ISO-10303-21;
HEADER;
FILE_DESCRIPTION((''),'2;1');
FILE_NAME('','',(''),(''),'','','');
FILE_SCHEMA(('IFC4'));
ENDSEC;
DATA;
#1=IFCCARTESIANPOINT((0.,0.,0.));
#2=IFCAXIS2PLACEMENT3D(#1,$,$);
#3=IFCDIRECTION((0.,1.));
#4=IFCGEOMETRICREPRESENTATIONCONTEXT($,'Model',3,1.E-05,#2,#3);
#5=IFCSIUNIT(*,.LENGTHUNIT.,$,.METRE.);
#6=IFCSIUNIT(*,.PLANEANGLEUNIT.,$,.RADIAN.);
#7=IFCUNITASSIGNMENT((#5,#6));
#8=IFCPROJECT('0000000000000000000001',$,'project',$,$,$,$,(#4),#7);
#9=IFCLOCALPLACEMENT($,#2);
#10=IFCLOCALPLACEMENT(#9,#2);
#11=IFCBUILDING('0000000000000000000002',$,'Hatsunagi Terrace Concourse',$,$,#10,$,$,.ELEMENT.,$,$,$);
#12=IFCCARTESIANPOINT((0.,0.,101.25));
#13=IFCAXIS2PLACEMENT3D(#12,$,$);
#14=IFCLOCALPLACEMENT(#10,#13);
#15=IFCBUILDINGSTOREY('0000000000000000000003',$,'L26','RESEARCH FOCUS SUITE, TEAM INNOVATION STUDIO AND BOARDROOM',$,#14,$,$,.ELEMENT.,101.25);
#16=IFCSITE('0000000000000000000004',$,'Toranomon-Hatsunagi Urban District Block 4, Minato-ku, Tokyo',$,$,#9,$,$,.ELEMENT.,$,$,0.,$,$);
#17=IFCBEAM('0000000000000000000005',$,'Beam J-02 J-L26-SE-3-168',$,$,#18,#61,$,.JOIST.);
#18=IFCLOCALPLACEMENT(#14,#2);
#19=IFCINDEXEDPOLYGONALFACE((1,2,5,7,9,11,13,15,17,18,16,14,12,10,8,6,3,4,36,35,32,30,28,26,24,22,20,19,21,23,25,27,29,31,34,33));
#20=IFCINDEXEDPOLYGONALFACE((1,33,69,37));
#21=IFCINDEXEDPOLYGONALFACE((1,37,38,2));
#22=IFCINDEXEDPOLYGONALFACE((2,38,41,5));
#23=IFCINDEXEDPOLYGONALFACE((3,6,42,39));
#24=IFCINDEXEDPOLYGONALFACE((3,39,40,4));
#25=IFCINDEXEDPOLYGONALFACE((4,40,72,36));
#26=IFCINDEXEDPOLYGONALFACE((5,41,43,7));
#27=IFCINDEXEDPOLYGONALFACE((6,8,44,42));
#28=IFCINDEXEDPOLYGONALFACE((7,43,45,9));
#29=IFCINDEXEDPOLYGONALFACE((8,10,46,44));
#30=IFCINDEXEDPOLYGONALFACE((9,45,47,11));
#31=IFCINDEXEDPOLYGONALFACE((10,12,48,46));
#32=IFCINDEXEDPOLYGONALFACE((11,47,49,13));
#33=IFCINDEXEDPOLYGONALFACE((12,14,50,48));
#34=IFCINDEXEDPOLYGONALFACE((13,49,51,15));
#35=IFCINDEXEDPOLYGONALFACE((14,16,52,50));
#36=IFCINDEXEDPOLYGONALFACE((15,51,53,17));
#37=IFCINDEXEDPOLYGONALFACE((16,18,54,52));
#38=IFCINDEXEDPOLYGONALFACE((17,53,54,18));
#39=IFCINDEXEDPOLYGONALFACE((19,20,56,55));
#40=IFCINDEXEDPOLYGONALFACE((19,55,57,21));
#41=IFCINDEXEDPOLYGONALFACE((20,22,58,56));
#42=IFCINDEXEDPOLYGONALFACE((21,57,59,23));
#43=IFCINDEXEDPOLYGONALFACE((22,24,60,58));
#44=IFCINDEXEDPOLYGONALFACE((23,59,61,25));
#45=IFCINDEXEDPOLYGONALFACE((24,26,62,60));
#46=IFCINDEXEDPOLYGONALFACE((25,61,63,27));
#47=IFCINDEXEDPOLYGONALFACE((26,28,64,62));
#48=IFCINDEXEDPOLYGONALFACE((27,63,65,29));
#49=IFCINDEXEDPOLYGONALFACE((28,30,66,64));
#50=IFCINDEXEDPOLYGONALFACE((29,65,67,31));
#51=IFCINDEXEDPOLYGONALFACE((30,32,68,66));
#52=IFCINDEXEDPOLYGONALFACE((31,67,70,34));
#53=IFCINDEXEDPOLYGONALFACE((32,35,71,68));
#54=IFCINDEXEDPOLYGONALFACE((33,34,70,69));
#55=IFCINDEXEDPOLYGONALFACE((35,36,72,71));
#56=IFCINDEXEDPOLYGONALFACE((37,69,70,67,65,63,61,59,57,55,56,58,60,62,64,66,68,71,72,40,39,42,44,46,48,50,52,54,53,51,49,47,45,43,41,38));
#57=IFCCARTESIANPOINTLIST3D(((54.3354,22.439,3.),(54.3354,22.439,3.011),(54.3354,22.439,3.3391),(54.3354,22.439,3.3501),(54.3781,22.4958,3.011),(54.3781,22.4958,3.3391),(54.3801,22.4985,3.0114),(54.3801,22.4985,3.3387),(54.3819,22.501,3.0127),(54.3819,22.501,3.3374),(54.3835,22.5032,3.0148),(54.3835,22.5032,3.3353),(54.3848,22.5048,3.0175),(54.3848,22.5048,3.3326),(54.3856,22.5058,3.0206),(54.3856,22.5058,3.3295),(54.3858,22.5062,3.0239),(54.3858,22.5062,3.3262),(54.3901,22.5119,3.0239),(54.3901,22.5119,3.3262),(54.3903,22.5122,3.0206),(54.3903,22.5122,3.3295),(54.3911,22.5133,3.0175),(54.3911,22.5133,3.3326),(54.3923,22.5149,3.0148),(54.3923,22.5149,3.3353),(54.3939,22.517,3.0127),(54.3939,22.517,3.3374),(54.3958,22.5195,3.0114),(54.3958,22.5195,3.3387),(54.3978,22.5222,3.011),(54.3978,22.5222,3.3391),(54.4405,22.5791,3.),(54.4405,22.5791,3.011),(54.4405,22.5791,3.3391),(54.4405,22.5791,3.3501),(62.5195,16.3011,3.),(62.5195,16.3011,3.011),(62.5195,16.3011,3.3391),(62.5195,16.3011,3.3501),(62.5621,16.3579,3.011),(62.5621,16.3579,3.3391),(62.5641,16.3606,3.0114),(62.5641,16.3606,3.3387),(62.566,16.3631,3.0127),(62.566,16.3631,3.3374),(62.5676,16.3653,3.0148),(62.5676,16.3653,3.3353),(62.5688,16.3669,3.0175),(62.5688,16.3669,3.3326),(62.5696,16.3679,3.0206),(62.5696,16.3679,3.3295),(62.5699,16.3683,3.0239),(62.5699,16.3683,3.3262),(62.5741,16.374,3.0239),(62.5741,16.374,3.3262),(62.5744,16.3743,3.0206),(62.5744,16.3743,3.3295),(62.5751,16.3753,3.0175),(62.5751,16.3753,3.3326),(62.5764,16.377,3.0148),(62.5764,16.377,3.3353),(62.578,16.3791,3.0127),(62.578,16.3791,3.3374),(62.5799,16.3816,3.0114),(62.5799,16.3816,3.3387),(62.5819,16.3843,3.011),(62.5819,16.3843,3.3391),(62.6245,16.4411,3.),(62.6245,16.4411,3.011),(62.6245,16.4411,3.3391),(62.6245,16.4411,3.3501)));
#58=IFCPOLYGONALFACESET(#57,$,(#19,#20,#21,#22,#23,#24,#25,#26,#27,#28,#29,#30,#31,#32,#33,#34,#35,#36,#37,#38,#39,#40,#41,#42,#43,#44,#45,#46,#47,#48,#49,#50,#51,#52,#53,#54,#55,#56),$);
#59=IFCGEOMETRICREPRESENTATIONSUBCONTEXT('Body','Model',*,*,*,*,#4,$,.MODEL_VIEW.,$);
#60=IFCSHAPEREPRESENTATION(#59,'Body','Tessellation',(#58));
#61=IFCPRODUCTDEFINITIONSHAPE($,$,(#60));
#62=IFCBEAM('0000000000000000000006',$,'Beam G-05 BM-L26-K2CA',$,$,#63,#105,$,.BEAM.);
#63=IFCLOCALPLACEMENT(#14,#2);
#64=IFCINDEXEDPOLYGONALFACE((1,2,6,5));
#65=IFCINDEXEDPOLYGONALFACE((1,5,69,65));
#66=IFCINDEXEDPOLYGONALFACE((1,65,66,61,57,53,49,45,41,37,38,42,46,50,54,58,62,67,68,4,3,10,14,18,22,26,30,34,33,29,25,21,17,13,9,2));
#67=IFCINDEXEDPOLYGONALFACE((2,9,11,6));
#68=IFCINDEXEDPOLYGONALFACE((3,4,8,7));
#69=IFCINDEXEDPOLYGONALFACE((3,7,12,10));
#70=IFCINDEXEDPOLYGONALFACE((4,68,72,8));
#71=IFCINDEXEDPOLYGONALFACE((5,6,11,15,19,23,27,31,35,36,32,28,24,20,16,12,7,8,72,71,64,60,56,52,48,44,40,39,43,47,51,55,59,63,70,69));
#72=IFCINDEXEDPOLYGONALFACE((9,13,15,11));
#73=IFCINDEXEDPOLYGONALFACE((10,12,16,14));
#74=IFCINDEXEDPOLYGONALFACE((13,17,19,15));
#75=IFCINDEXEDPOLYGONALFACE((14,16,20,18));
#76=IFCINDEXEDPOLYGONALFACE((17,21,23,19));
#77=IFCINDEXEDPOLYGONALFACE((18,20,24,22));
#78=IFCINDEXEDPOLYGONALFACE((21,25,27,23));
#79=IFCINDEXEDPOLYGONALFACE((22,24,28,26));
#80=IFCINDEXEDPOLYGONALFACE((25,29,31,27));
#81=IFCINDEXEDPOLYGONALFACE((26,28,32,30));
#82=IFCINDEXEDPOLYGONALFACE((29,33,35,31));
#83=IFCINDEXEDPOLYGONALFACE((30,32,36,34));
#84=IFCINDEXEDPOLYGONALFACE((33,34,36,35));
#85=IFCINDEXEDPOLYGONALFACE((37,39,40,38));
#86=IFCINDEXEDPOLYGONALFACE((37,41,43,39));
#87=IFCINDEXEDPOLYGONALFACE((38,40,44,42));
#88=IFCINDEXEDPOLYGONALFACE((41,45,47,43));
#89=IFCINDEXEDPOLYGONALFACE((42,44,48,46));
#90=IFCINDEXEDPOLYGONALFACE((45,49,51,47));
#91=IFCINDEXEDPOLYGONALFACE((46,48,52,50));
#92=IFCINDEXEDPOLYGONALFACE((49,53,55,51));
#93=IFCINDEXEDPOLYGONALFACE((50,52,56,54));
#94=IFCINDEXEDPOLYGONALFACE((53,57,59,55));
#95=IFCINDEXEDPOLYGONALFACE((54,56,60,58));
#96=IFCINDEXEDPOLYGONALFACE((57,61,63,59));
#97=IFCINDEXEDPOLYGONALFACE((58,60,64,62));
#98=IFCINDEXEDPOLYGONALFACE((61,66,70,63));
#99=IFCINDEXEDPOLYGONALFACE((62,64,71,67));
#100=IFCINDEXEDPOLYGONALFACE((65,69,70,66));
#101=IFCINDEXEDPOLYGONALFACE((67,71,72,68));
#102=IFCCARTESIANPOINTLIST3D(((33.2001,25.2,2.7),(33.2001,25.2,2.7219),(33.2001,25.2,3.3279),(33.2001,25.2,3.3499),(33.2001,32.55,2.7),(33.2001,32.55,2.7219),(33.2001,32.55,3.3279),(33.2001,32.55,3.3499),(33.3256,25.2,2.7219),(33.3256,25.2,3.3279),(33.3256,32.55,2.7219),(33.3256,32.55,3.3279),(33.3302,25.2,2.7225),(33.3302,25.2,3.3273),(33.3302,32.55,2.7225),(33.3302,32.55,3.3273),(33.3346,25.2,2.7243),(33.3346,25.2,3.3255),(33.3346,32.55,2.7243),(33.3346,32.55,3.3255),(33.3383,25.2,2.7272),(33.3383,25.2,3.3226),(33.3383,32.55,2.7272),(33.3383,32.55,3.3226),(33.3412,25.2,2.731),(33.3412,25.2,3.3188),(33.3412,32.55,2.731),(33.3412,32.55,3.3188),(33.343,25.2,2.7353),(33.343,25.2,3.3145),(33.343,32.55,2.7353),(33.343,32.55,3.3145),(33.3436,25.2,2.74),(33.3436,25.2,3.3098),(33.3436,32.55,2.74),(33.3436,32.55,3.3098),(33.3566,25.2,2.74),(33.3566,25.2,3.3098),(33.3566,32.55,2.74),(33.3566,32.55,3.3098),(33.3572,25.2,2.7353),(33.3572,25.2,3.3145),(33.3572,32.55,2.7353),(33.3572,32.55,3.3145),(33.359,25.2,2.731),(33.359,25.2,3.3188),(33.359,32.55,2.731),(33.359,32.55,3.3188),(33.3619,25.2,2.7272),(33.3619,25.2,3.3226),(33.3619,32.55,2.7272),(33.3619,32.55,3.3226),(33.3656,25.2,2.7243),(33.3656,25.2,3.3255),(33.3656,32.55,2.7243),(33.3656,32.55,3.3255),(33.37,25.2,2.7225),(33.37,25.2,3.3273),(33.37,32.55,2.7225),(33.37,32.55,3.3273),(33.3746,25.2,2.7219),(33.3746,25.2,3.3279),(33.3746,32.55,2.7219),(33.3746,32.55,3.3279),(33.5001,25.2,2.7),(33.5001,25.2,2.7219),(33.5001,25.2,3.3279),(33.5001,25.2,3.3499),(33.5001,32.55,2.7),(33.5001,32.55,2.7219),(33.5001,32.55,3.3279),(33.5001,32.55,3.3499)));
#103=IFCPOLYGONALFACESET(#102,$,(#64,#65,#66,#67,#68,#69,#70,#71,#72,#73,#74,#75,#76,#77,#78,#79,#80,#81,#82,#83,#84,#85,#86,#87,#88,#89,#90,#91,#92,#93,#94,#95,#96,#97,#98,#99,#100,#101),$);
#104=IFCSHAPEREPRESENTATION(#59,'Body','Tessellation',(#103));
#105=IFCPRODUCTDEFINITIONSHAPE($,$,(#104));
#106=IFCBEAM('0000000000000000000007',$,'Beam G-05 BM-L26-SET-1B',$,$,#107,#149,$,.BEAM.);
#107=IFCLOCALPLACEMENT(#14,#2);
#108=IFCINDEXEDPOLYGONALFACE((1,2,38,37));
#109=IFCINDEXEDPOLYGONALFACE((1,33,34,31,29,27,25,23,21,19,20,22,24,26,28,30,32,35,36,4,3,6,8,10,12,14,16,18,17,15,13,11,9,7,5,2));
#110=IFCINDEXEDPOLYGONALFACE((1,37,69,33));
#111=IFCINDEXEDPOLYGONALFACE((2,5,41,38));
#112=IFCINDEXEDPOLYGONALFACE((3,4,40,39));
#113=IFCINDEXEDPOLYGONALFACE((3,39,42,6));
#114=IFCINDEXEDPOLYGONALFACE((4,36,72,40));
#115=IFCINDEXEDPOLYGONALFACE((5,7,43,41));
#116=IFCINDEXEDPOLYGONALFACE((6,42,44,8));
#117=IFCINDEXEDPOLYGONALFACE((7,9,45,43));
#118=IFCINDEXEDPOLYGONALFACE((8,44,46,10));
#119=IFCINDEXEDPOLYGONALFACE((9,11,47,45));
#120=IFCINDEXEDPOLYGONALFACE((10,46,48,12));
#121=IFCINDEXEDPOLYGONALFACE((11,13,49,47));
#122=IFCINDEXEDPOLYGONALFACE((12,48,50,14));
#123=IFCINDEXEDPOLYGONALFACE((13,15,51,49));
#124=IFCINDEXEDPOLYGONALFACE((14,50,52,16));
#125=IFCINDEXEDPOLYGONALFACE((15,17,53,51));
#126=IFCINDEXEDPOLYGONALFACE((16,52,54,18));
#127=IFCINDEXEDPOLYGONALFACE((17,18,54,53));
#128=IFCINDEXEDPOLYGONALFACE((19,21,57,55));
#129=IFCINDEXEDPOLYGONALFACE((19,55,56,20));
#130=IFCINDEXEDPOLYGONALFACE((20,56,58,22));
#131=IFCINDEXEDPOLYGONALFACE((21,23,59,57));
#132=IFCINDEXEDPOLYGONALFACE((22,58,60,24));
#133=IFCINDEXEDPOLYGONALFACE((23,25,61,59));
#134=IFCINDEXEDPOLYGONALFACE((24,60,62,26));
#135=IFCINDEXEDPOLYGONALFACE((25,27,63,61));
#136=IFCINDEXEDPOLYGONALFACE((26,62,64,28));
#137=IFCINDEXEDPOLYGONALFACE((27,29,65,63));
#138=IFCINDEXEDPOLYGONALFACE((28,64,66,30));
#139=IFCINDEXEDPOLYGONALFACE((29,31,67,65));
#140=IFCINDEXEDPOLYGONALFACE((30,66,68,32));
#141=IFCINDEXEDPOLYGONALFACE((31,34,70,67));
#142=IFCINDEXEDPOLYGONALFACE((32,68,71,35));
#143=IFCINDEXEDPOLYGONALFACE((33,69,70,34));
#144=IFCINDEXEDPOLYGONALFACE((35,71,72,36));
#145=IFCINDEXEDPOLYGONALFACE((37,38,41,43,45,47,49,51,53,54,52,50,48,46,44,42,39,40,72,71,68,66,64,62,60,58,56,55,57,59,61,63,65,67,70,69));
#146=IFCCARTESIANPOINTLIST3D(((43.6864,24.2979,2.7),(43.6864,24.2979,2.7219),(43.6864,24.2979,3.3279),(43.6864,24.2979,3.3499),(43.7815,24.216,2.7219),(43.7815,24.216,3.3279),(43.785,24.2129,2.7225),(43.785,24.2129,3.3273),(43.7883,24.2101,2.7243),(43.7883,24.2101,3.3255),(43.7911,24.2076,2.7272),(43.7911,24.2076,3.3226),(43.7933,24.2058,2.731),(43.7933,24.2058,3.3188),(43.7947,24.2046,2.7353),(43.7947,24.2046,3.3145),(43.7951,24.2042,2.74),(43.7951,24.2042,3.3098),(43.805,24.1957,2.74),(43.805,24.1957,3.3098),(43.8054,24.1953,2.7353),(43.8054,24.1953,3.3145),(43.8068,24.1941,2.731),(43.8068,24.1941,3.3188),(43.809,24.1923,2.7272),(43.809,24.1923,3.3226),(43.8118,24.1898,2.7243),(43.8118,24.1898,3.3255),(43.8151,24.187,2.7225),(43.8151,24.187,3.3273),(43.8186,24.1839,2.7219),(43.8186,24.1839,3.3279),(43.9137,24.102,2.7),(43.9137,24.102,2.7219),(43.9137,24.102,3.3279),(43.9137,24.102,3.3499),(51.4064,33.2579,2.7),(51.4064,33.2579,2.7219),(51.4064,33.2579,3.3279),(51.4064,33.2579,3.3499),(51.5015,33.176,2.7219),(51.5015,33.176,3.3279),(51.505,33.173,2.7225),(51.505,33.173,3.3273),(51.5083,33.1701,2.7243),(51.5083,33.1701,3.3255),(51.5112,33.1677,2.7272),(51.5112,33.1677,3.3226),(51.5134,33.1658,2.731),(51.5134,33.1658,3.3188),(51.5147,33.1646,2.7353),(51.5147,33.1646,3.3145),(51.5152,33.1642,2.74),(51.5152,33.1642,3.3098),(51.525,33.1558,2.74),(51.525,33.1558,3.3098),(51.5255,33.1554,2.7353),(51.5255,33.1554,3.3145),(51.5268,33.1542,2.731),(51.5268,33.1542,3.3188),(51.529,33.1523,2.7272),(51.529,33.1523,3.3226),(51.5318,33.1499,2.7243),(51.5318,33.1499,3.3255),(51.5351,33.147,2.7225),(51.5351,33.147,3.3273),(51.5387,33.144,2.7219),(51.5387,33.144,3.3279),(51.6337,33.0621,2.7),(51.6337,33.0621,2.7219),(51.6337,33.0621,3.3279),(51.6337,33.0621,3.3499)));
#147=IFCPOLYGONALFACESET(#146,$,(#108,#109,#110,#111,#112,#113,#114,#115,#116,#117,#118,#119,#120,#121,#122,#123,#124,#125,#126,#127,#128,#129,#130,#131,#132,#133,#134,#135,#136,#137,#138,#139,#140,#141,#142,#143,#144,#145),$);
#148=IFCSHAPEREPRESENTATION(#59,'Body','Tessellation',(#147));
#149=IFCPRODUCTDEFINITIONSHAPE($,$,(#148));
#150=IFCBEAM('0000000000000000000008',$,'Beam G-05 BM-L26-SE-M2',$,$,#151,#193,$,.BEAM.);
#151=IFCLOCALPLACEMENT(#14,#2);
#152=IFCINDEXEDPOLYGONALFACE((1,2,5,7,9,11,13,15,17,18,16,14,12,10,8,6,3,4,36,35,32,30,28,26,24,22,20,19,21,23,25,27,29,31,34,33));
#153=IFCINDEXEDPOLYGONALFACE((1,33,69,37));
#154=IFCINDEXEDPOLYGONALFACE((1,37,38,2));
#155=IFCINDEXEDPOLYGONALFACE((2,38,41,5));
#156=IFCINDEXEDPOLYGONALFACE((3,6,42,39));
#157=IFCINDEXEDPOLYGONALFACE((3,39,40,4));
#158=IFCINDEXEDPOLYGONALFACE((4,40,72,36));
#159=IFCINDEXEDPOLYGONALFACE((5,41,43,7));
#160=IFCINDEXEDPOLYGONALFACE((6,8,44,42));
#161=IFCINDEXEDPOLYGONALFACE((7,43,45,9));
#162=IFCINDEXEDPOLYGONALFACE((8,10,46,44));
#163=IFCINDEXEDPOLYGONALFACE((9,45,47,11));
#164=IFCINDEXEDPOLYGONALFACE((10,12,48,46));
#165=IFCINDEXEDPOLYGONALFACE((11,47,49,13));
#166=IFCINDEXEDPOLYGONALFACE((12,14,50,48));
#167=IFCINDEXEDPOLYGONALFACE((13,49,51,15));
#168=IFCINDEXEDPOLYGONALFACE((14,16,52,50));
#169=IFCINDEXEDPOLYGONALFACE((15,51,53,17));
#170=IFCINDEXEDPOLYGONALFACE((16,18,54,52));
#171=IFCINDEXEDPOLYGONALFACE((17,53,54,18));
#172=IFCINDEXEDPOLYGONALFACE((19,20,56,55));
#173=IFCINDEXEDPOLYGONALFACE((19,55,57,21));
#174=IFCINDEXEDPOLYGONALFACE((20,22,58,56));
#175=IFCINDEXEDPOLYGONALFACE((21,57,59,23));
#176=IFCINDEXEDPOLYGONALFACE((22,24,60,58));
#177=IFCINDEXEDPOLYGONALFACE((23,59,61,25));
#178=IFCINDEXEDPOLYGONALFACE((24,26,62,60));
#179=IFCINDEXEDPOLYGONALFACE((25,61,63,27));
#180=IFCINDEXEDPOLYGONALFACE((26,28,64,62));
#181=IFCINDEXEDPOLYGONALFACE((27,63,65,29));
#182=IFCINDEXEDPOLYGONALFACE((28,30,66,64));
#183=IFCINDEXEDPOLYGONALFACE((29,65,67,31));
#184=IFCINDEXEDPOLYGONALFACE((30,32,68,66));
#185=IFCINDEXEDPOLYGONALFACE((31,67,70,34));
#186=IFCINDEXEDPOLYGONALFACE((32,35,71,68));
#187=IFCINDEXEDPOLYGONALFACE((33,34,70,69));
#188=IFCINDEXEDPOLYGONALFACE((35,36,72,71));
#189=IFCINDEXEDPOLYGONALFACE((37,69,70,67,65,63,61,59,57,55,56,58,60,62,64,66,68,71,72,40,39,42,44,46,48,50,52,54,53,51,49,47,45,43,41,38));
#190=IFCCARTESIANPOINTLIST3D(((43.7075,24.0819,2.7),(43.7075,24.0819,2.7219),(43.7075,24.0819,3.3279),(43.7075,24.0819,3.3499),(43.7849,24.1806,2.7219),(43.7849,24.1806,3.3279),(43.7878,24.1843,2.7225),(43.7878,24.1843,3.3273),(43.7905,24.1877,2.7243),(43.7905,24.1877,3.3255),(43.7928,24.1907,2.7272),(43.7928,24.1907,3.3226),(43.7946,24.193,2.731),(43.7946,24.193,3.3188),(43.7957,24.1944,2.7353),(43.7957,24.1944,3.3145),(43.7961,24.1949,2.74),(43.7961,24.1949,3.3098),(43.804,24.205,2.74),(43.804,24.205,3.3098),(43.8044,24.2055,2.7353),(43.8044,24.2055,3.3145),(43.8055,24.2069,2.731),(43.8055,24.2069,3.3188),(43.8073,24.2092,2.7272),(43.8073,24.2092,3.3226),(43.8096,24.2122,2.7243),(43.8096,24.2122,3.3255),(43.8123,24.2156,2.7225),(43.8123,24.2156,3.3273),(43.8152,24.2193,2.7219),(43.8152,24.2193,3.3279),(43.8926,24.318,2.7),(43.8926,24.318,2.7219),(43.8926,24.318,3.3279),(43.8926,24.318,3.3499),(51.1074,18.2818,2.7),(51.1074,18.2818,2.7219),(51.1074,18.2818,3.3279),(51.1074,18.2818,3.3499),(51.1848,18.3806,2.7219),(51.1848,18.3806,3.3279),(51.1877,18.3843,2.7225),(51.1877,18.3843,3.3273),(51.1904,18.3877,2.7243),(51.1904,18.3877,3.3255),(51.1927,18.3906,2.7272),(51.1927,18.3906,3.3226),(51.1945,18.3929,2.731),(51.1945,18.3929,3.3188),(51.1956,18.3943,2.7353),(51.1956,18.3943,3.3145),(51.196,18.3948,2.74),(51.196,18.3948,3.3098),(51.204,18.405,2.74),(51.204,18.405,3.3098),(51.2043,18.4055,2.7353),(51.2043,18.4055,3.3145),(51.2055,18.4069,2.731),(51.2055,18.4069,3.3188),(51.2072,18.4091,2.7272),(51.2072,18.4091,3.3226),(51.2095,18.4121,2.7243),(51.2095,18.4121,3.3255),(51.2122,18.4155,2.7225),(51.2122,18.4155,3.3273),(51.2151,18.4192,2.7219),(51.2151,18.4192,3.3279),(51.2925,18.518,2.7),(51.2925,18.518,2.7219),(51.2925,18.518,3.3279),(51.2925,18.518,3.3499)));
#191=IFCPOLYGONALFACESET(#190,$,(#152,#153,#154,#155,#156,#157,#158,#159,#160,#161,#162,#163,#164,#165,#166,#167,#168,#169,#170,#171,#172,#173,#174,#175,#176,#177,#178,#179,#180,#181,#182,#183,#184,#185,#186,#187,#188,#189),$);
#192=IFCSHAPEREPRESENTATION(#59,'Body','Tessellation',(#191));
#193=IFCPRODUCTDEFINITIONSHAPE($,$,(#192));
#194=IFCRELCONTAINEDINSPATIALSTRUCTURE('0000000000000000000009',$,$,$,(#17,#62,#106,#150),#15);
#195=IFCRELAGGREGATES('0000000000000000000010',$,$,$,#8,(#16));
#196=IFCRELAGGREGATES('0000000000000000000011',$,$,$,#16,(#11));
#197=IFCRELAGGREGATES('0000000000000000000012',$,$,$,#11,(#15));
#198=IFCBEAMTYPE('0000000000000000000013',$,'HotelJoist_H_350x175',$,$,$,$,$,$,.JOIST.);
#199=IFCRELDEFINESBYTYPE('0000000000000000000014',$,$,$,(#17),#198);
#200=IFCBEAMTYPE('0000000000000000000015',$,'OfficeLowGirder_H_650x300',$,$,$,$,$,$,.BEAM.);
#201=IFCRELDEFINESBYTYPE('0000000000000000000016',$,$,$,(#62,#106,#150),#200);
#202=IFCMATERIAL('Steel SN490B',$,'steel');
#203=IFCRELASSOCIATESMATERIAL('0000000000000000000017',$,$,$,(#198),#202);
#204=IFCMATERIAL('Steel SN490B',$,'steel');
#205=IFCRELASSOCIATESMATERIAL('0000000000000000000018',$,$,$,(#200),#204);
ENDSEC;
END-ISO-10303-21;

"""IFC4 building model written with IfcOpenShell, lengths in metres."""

from ifc_helpers import new_model, si_unit, direction, frame, origin, origin_2d, place, context, subcontext, project, spatial, i_section, extrude, material, material_profile, profile_set, type_object, element, save


model = new_model("IFC4")

# Units and contexts
model_context = context("Model", 3, precision=1e-05, world=origin(), true_north=direction((0.0, 1.0)))
body_context = subcontext(model_context, "Body", "Model", "MODEL_VIEW")
ifc_project = project(units=[si_unit("LENGTHUNIT", "METRE"), si_unit("PLANEANGLEUNIT", "RADIAN")], contexts=[model_context])

# Site, building, storey
site_placement = place(None, origin())
site = spatial("IfcSite", under=ifc_project, at=site_placement, Name="Toranomon-Hatsunagi Urban District Block 4, Minato-ku, Tokyo", CompositionType="ELEMENT", RefElevation=0.0)
building_placement = place(site_placement, origin())
building = spatial("IfcBuilding", under=site, at=building_placement, Name="Hatsunagi Terrace Concourse", CompositionType="ELEMENT")
storey_placement = place(building_placement, frame((0.0, 0.0, 101.25)))
storey = spatial("IfcBuildingStorey", under=building, at=storey_placement, Name="L26", Description="RESEARCH FOCUS SUITE, TEAM INNOVATION STUDIO AND BOARDROOM", CompositionType="ELEMENT", Elevation=101.25)

# Beams
ifc_material_1 = material(Name="Steel SN490B", Category="steel")
ifc_material_profile_1 = material_profile(ifc_material_1, i_section(OverallWidth=0.175, OverallDepth=0.3501, WebThickness=0.0071, FlangeThickness=0.011, FilletRadius=0.0129, at=origin_2d()), Name="H-350x175x7x11")
ifc_profile_set_1 = profile_set([ifc_material_profile_1], Name="Steel SN490B")
beam_type_1 = type_object("IfcBeamType", Name="HotelJoist_H_350x175", PredefinedType="JOIST", material=ifc_profile_set_1)
for number, where, z_axis, x_axis, name in (
    (1, (54.3879, 22.509, 3.175), (0.800006, -0.599992, 0.0), (0.599992, 0.800006, 0.0), "Beam J-02 J-L26-SE-3-168"),
):
    element("IfcBeam", number, at=place(storey_placement, frame(where, z_axis=z_axis, x_axis=x_axis)), inside=storey, type_object=beam_type_1, Name=name, PredefinedType="JOIST", context=body_context, shape_type="SweptSolid", body=[
        extrude(i_section(OverallWidth=0.175, OverallDepth=0.3501, WebThickness=0.0071, FlangeThickness=0.011, FilletRadius=0.0129, at=origin_2d()), origin(), (0.0, 0.0, 1.0), 10.23),
    ])
ifc_material_2 = material(Name="Steel SN490B", Category="steel")
ifc_material_profile_2 = material_profile(ifc_material_2, i_section(OverallWidth=0.3, OverallDepth=0.6499, WebThickness=0.0129, FlangeThickness=0.022, FilletRadius=0.0181, at=origin_2d()), Name="H-650x300x13x22")
ifc_profile_set_2 = profile_set([ifc_material_profile_2], Name="Steel SN490B")
beam_type_2 = type_object("IfcBeamType", Name="OfficeLowGirder_H_650x300", PredefinedType="BEAM", material=ifc_profile_set_2)
beam_1_placement = place(storey_placement, frame((33.3501, 25.2, 3.0249), z_axis=(0.0, 1.0, 0.0), x_axis=(-1.0, 0.0, 0.0)))
element("IfcBeam", 2, at=beam_1_placement, inside=storey, type_object=beam_type_2, Name="Beam G-05 BM-L26-K2CA", PredefinedType="BEAM", context=body_context, shape_type="SweptSolid", body=[
    extrude(i_section(OverallWidth=0.3, OverallDepth=0.6499, WebThickness=0.0129, FlangeThickness=0.022, FilletRadius=0.0181, at=origin_2d()), origin(), (0.0, 0.0, 1.0), 7.3501),
])
beam_2_placement = place(storey_placement, frame((43.8, 24.2, 3.0249), z_axis=(0.652739, 0.757583, 0.0), x_axis=(-0.757583, 0.652739, 0.0)))
element("IfcBeam", 3, at=beam_2_placement, inside=storey, type_object=beam_type_2, Name="Beam G-05 BM-L26-SET-1B", PredefinedType="BEAM", context=body_context, shape_type="SweptSolid", body=[
    extrude(i_section(OverallWidth=0.3, OverallDepth=0.6499, WebThickness=0.0129, FlangeThickness=0.022, FilletRadius=0.0181, at=origin_2d()), origin(), (0.0, 0.0, 1.0), 11.8271),
])
beam_3_placement = place(storey_placement, frame((43.8, 24.2, 3.0249), z_axis=(0.787049, -0.61689, 0.0), x_axis=(0.61689, 0.787049, 0.0)))
element("IfcBeam", 4, at=beam_3_placement, inside=storey, type_object=beam_type_2, Name="Beam G-05 BM-L26-SE-M2", PredefinedType="BEAM", context=body_context, shape_type="SweptSolid", body=[
    extrude(i_section(OverallWidth=0.3, OverallDepth=0.6499, WebThickness=0.0129, FlangeThickness=0.022, FilletRadius=0.0181, at=origin_2d()), origin(), (0.0, 0.0, 1.0), 9.4021),
])

save(model, "model.ifc")
